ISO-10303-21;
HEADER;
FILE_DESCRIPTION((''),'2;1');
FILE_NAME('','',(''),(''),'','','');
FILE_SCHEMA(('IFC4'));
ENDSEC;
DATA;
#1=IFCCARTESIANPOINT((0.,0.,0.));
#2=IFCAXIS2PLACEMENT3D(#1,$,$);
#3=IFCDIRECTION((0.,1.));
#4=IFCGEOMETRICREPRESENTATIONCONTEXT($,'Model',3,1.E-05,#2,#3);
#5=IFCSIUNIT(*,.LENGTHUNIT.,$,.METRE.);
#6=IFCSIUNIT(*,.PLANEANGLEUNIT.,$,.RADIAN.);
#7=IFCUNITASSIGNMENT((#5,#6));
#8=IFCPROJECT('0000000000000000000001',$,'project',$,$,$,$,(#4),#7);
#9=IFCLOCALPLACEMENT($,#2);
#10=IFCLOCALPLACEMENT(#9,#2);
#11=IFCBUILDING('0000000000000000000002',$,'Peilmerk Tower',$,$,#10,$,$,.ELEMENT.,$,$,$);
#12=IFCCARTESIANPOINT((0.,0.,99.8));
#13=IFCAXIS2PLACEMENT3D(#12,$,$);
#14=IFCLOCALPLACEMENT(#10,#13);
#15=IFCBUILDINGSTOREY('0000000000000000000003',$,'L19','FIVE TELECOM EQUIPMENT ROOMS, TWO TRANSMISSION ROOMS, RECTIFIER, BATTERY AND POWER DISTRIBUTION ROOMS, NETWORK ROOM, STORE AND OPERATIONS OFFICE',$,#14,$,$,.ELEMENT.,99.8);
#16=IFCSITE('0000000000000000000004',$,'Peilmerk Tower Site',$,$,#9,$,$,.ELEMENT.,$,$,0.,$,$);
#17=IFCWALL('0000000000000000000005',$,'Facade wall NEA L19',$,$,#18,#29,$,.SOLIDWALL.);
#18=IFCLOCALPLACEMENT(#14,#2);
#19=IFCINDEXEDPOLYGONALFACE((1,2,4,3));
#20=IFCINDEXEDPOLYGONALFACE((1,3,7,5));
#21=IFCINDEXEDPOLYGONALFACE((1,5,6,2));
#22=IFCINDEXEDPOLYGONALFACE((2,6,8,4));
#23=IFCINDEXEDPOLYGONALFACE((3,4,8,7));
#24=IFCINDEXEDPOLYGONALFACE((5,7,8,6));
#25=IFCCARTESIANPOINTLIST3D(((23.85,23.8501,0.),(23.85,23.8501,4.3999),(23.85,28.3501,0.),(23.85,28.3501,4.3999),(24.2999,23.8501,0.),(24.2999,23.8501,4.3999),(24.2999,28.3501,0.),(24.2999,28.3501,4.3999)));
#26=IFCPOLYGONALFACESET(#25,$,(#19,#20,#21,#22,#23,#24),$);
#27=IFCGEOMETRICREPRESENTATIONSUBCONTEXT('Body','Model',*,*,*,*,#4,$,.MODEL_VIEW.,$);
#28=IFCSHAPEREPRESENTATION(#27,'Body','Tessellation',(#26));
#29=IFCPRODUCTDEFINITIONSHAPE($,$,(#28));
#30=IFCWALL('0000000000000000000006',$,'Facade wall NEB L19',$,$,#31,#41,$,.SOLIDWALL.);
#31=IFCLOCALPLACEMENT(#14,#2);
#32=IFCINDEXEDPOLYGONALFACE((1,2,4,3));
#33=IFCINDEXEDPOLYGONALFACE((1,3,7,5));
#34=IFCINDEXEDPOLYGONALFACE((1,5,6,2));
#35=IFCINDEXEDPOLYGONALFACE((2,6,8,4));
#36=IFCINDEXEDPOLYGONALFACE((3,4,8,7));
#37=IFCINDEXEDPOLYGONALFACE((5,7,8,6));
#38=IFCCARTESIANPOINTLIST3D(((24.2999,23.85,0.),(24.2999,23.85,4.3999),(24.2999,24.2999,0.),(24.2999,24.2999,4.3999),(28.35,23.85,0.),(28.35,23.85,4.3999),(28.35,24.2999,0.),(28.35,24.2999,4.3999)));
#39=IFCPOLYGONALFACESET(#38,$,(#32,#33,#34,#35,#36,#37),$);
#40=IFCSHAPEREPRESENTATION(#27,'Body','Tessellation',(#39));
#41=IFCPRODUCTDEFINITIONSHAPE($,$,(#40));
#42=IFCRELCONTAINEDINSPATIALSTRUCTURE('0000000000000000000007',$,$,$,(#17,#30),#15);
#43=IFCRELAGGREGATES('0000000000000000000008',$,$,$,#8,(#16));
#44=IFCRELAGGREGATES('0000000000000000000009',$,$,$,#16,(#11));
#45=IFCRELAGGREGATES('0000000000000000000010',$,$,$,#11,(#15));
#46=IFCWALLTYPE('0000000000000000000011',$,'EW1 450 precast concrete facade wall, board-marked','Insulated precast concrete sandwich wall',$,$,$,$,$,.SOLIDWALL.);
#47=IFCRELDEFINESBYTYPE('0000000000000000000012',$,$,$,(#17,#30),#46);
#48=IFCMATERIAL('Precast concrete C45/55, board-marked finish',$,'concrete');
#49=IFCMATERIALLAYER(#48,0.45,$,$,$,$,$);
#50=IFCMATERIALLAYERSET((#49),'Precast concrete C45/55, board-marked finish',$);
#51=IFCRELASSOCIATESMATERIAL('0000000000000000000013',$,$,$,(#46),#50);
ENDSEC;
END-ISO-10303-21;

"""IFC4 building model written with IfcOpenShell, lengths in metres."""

from ifc_helpers import new_model, si_unit, direction, frame, frame_2d, origin, place, context, subcontext, project, spatial, rectangle, extrude, material, layer, layer_set, type_object, element, save


model = new_model("IFC4")

# Units and contexts
model_context = context("Model", 3, precision=1e-05, world=origin(), true_north=direction((0.0, 1.0)))
body_context = subcontext(model_context, "Body", "Model", "MODEL_VIEW")
ifc_project = project(units=[si_unit("LENGTHUNIT", "METRE"), si_unit("PLANEANGLEUNIT", "RADIAN")], contexts=[model_context])

# Site, building, storey
site_placement = place(None, origin())
site = spatial("IfcSite", under=ifc_project, at=site_placement, Name="Peilmerk Tower Site", CompositionType="ELEMENT", RefElevation=0.0)
building_placement = place(site_placement, origin())
building = spatial("IfcBuilding", under=site, at=building_placement, Name="Peilmerk Tower", CompositionType="ELEMENT")
storey_placement = place(building_placement, frame((0.0, 0.0, 99.8)))
storey = spatial("IfcBuildingStorey", under=building, at=storey_placement, Name="L19", Description="FIVE TELECOM EQUIPMENT ROOMS, TWO TRANSMISSION ROOMS, RECTIFIER, BATTERY AND POWER DISTRIBUTION ROOMS, NETWORK ROOM, STORE AND OPERATIONS OFFICE", CompositionType="ELEMENT", Elevation=99.8)

# Shared definitions
ifc_material_1 = material(Name="Precast concrete C45/55, board-marked finish", Category="concrete")
ifc_layer = layer(ifc_material_1, 0.45)
ifc_layer_set = layer_set([ifc_layer], Name="Precast concrete C45/55, board-marked finish")
wall_type = type_object("IfcWallType", Name="EW1 450 precast concrete facade wall, board-marked", Description="Insulated precast concrete sandwich wall", PredefinedType="SOLIDWALL", material=ifc_layer_set)

# Walls
wall_1_placement = place(storey_placement, frame((24.075, 23.8501, 0.0), z_axis=(0.0, 0.0, 1.0), x_axis=(0.0, 1.0, 0.0)))
element("IfcWall", 1, at=wall_1_placement, inside=storey, type_object=wall_type, Name="Facade wall NEA L19", PredefinedType="SOLIDWALL", context=body_context, shape_type="SweptSolid", body=[
    extrude(rectangle(XDim=4.5, YDim=0.45, at=frame_2d((2.25, 0.0))), origin(), (0.0, 0.0, 1.0), 4.3999),
])
wall_2_placement = place(storey_placement, frame((24.3, 24.075, 0.0), z_axis=(0.0, 0.0, 1.0), x_axis=(1.0, 0.0, 0.0)))
element("IfcWall", 2, at=wall_2_placement, inside=storey, type_object=wall_type, Name="Facade wall NEB L19", PredefinedType="SOLIDWALL", context=body_context, shape_type="SweptSolid", body=[
    extrude(rectangle(XDim=4.05, YDim=0.45, at=frame_2d((2.0249, 0.0))), origin(), (0.0, 0.0, 1.0), 4.3999),
])

save(model, "model.ifc")
